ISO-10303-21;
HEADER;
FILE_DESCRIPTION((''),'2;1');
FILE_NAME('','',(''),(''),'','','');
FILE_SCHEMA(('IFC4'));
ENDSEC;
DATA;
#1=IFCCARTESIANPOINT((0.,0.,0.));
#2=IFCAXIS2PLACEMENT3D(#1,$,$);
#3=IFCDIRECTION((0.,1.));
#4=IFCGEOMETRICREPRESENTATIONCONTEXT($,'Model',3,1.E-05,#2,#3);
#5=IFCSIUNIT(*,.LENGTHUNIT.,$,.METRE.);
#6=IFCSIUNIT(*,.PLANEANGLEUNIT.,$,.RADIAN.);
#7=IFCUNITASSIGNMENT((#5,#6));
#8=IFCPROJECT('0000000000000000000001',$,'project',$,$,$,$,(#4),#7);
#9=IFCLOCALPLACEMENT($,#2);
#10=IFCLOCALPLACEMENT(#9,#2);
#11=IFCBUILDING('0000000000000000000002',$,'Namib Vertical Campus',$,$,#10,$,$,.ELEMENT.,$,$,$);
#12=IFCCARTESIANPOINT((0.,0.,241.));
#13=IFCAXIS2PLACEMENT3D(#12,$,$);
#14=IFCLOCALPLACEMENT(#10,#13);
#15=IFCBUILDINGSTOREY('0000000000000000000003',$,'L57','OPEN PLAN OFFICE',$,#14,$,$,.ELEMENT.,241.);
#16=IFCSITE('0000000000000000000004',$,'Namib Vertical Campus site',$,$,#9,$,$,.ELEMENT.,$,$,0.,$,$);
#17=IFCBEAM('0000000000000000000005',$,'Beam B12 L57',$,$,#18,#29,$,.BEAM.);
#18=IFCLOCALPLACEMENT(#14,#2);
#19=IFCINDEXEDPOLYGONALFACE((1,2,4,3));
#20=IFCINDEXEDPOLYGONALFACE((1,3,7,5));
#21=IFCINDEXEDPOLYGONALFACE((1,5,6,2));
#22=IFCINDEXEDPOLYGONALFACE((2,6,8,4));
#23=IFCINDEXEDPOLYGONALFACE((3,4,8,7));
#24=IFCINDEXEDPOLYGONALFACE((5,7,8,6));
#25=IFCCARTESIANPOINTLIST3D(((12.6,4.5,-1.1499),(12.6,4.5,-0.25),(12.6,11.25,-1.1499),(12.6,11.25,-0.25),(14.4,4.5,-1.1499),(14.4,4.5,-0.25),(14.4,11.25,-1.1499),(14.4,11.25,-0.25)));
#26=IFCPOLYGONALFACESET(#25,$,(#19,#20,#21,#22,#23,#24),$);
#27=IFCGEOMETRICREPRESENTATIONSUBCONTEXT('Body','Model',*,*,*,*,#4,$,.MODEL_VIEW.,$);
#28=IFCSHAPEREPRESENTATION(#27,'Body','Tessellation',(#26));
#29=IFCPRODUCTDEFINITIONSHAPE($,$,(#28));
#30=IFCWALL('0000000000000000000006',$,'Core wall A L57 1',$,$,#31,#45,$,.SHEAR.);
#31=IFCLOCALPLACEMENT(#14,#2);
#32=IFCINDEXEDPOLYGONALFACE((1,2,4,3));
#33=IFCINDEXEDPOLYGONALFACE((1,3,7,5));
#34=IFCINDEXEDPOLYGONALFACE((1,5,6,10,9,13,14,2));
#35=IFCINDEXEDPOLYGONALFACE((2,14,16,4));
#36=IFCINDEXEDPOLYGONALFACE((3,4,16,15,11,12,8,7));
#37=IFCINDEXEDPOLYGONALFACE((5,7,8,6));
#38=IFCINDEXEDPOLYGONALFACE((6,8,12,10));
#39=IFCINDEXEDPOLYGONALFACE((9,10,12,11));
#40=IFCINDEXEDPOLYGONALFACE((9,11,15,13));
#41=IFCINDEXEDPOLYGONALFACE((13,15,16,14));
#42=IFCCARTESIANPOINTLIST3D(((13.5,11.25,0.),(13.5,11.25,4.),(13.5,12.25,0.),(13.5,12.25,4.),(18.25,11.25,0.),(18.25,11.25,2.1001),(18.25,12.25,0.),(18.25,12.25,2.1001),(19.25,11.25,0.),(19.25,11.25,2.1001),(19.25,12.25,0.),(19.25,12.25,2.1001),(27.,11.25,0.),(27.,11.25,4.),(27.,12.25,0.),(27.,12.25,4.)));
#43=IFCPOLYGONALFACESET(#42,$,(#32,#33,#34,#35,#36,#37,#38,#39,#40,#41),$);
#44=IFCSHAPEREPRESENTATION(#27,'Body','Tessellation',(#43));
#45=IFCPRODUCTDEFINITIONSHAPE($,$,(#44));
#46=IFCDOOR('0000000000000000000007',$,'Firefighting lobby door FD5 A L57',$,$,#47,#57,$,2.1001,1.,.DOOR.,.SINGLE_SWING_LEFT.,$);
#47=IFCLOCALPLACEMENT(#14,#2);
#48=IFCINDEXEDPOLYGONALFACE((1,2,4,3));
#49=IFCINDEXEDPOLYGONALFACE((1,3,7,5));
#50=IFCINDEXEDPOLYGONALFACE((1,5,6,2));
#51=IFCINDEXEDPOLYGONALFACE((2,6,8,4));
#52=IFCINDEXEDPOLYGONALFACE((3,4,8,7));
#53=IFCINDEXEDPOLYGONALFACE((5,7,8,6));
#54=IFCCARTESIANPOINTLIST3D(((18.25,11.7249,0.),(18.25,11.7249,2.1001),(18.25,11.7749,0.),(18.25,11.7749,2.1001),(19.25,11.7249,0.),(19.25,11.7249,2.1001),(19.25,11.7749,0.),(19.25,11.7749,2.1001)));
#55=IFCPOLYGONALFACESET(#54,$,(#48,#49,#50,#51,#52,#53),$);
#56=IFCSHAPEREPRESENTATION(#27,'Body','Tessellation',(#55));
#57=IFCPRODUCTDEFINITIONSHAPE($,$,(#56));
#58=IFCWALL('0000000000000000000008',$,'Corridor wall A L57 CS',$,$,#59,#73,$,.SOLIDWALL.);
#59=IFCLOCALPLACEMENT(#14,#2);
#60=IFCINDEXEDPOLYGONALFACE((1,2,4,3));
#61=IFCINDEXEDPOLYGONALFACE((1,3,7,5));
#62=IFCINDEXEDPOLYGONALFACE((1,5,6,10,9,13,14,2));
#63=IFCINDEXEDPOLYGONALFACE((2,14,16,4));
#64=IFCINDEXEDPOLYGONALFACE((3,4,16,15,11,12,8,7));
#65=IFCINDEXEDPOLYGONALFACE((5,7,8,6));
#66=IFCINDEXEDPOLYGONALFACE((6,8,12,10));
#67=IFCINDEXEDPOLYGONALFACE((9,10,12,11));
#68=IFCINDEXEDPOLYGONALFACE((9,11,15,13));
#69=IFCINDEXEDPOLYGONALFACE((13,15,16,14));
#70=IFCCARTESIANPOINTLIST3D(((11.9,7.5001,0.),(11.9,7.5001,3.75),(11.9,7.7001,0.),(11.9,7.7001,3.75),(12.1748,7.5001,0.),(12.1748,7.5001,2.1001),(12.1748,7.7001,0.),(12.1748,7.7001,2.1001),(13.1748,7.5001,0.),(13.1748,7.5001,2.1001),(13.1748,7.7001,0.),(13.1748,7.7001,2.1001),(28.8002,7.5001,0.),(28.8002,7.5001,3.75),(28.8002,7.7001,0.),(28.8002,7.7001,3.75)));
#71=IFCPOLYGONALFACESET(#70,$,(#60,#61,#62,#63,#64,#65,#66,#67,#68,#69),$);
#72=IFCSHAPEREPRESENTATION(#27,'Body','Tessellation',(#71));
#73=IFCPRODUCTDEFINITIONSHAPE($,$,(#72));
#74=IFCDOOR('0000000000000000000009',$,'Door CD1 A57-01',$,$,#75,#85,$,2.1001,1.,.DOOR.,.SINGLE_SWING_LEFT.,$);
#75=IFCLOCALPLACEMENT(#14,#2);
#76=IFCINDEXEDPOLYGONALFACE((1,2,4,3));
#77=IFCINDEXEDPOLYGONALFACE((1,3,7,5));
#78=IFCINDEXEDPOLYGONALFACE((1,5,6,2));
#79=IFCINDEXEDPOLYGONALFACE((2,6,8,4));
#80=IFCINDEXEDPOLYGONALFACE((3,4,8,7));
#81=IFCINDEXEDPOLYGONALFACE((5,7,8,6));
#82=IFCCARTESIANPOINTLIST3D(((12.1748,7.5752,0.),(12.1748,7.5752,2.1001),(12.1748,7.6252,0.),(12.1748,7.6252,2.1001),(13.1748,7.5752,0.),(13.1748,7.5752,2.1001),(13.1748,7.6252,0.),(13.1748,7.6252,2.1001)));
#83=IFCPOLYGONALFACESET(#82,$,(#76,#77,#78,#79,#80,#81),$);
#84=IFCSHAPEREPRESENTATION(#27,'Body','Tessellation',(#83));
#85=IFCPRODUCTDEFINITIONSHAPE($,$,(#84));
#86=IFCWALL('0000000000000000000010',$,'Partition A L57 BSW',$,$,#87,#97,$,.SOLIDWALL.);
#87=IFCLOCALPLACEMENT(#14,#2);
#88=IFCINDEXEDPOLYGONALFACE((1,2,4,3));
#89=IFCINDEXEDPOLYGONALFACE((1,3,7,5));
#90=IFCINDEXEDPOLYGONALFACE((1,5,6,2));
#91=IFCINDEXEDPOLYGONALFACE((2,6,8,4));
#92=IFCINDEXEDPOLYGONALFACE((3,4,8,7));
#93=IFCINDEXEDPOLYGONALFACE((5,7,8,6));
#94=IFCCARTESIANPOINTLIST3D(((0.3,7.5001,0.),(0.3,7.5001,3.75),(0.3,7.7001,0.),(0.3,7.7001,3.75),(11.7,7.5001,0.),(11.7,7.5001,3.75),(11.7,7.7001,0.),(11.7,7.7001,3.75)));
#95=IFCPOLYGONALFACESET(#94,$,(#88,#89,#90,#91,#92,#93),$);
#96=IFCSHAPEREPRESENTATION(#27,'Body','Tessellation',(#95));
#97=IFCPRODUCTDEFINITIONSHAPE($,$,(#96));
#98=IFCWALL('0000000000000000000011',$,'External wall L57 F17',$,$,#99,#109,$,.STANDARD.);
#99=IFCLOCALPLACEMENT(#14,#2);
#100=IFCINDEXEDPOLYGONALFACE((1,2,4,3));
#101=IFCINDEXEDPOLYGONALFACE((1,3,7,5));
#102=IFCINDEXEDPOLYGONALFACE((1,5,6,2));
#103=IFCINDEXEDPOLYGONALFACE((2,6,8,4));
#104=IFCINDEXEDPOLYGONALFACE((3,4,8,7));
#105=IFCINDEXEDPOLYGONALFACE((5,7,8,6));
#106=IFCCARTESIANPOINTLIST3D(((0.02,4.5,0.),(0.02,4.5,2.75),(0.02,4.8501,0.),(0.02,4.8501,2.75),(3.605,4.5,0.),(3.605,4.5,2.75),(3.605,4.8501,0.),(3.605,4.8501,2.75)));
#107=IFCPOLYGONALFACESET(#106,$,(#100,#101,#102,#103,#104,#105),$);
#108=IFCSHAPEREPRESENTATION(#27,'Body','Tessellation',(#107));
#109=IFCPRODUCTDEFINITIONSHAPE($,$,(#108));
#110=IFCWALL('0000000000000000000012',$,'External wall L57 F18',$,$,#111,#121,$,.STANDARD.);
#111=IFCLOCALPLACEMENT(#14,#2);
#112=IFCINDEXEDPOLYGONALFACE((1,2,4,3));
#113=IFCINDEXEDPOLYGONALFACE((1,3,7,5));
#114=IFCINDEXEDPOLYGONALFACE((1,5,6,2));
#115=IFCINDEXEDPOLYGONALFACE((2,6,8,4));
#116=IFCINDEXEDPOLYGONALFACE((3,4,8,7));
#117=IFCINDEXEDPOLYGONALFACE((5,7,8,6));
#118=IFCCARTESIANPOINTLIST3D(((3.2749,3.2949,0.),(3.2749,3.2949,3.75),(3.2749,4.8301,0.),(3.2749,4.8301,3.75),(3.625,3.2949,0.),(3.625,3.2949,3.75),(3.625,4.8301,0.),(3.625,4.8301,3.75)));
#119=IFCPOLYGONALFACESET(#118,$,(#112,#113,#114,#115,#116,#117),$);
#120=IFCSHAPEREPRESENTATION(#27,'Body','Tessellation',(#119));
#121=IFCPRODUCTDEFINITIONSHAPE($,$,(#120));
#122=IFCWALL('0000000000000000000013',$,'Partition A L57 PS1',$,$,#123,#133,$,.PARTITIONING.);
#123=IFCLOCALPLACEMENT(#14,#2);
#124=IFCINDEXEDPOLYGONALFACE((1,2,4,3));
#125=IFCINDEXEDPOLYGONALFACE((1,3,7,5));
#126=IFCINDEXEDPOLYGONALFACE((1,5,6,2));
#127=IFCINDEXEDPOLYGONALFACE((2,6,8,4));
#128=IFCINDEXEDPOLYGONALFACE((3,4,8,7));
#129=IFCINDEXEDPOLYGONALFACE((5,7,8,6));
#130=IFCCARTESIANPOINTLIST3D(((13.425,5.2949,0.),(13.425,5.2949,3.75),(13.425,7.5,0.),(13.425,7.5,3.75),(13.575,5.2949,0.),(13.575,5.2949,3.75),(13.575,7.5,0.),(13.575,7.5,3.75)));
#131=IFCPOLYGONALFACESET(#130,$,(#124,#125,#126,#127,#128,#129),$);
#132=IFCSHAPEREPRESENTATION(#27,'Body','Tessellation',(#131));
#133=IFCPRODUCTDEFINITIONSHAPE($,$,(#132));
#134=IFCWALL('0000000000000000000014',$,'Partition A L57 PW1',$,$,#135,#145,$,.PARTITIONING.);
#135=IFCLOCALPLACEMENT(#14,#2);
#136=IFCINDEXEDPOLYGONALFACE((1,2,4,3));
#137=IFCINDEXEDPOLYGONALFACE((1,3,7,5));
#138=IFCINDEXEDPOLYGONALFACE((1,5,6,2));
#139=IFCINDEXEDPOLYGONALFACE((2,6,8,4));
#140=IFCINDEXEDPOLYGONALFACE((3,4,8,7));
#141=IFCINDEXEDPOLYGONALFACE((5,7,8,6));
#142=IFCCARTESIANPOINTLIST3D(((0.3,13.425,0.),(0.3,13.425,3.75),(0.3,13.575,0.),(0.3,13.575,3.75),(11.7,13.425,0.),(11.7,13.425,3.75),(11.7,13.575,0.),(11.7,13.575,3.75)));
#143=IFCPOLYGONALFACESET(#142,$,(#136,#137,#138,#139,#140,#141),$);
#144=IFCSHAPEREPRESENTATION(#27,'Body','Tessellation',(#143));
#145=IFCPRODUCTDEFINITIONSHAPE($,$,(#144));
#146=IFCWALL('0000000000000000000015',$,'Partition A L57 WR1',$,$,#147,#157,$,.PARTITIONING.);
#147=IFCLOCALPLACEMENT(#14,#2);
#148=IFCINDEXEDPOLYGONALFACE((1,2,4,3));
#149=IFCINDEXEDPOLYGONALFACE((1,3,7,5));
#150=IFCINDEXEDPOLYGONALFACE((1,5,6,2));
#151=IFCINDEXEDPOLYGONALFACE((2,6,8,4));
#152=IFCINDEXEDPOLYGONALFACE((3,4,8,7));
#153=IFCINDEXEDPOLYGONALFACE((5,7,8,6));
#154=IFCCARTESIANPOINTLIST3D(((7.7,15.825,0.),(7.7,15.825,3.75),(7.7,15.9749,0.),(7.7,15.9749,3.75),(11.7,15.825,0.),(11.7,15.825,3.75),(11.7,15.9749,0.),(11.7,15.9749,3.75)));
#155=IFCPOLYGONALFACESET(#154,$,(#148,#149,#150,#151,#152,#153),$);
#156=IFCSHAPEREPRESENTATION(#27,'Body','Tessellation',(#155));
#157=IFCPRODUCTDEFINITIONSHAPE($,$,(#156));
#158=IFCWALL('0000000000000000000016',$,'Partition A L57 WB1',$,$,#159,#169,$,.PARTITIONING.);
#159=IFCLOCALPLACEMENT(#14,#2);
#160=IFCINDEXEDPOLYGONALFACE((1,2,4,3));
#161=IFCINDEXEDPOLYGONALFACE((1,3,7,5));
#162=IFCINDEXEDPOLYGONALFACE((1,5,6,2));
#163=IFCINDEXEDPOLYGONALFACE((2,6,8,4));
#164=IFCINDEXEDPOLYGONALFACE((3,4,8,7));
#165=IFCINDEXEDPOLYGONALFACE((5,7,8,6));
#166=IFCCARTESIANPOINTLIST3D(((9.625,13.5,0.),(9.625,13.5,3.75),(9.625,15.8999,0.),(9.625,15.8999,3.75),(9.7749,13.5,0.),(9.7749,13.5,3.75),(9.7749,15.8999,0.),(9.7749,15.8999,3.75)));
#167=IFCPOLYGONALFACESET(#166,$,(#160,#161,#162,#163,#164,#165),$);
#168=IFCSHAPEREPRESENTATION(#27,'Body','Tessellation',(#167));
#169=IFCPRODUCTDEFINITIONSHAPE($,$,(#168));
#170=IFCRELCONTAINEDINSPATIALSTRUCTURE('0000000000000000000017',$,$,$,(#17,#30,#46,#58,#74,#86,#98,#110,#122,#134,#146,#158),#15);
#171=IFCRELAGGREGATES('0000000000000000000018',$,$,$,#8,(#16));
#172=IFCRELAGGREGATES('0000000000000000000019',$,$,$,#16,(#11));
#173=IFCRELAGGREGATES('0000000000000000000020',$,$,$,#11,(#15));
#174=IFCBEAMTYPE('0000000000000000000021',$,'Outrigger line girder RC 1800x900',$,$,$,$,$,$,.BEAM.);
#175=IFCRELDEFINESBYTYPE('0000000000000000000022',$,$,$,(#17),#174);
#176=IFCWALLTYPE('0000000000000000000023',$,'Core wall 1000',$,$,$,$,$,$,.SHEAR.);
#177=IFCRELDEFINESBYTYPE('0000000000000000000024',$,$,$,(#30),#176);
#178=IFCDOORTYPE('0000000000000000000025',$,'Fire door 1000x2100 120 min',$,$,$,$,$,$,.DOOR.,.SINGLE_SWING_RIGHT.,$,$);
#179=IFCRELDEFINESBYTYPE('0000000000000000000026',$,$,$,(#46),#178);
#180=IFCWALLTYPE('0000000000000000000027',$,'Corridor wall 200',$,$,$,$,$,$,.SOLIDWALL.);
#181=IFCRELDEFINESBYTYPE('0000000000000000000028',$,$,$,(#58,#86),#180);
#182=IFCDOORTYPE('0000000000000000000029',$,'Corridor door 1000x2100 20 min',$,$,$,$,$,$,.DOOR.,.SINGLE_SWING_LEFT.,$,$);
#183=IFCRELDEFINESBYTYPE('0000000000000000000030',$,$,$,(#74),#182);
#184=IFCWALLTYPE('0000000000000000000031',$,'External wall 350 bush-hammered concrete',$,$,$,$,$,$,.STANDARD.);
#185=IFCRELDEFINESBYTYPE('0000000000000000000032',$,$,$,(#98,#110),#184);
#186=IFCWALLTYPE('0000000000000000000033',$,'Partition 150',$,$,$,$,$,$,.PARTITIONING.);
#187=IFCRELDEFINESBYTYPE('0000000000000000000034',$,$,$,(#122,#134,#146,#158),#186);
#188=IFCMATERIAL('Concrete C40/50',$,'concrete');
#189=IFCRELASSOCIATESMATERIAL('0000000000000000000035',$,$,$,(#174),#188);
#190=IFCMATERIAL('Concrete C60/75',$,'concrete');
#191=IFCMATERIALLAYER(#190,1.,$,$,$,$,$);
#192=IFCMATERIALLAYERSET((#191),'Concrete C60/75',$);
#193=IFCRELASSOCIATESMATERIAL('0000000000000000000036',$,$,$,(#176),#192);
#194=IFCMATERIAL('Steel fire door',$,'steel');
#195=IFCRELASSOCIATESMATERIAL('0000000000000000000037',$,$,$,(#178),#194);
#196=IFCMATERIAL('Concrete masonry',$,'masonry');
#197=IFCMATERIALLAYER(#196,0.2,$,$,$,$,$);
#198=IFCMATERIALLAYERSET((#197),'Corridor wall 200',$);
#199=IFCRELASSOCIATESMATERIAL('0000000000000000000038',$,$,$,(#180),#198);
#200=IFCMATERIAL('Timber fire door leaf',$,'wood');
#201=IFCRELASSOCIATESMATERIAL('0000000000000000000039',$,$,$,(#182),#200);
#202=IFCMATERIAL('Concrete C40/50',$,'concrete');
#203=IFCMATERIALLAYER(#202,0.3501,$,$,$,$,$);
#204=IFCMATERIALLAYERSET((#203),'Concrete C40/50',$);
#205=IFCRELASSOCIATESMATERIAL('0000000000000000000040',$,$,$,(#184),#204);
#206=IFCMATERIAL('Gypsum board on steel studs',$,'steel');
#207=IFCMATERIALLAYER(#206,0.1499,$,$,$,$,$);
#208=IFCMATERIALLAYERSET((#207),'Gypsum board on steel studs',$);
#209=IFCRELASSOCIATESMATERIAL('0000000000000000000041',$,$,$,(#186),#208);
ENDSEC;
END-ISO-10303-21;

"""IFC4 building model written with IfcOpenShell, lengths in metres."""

from ifc_helpers import new_model, si_unit, direction, frame, frame_2d, origin, origin_2d, place, context, subcontext, project, spatial, rectangle, extrude, material, layer, layer_set, material_profile, profile_set, type_object, element, fill, save


model = new_model("IFC4")

# Units and contexts
model_context = context("Model", 3, precision=1e-05, world=origin(), true_north=direction((0.0, 1.0)))
body_context = subcontext(model_context, "Body", "Model", "MODEL_VIEW")
ifc_project = project(units=[si_unit("LENGTHUNIT", "METRE"), si_unit("PLANEANGLEUNIT", "RADIAN")], contexts=[model_context])

# Site, building, storey
site_placement = place(None, origin())
site = spatial("IfcSite", under=ifc_project, at=site_placement, Name="Namib Vertical Campus site", CompositionType="ELEMENT", RefElevation=0.0)
building_placement = place(site_placement, origin())
building = spatial("IfcBuilding", under=site, at=building_placement, Name="Namib Vertical Campus", CompositionType="ELEMENT")
storey_placement = place(building_placement, frame((0.0, 0.0, 241.0)))
storey = spatial("IfcBuildingStorey", under=building, at=storey_placement, Name="L57", Description="OPEN PLAN OFFICE", CompositionType="ELEMENT", Elevation=241.0)

# Beam
ifc_material_1 = material(Name="Concrete C40/50", Category="concrete")
ifc_material_profile_1 = material_profile(ifc_material_1, rectangle(XDim=1.8, YDim=0.8999, at=origin_2d()))
ifc_profile_set_1 = profile_set([ifc_material_profile_1], Name="Concrete C40/50")
beam_type_1 = type_object("IfcBeamType", Name="Outrigger line girder RC 1800x900", PredefinedType="BEAM", material=ifc_profile_set_1)
beam_1_placement = place(storey_placement, frame((13.5, 4.5, -0.7), z_axis=(0.0, 1.0, 0.0), x_axis=(-1.0, 0.0, 0.0)))
element("IfcBeam", 1, at=beam_1_placement, inside=storey, type_object=beam_type_1, Name="Beam B12 L57", PredefinedType="BEAM", context=body_context, shape_type="SweptSolid", body=[
    extrude(rectangle(XDim=1.8, YDim=0.8999, at=origin_2d()), origin(), (0.0, 0.0, 1.0), 6.75),
])

# Walls, openings, doors
ifc_material_2 = material(Name="Concrete C60/75", Category="concrete")
ifc_layer_1 = layer(ifc_material_2, 1.0)
ifc_layer_set_1 = layer_set([ifc_layer_1], Name="Concrete C60/75")
wall_type_1 = type_object("IfcWallType", Name="Core wall 1000", PredefinedType="SHEAR", material=ifc_layer_set_1)
wall_1_placement = place(storey_placement, frame((13.5, 11.75, 0.0), z_axis=(0.0, 0.0, 1.0), x_axis=(1.0, 0.0, 0.0)))
wall_1 = element("IfcWall", 2, at=wall_1_placement, inside=storey, type_object=wall_type_1, Name="Core wall A L57 1", PredefinedType="SHEAR", context=body_context, shape_type="SweptSolid", body=[
    extrude(rectangle(XDim=13.5, YDim=1.0, at=frame_2d((6.75, 0.0))), origin(), (0.0, 0.0, 1.0), 4.0),
])
opening_1_placement = place(wall_1_placement, frame((4.75, 0.0, 0.0)))
opening_1 = element("IfcOpeningElement", 3, at=opening_1_placement, cuts=wall_1, PredefinedType="OPENING", context=body_context, shape_type="SweptSolid", body=[
    extrude(rectangle(XDim=1.0, YDim=2.1001, at=frame_2d((0.5, 1.05))), frame((0.0, 0.51, 0.0), z_axis=(0.0, -1.0, 0.0), x_axis=(1.0, 0.0, 0.0)), (0.0, 0.0, 1.0), 1.02),
])
ifc_material_3 = material(Name="Steel fire door", Category="steel")
door_type_1 = type_object("IfcDoorType", Name="Fire door 1000x2100 120 min", OperationType="SINGLE_SWING_RIGHT", PredefinedType="DOOR", material=ifc_material_3)
door_1_placement = place(opening_1_placement, origin())
door_1 = element("IfcDoor", 4, at=door_1_placement, inside=storey, type_object=door_type_1, Name="Firefighting lobby door FD5 A L57", OperationType="SINGLE_SWING_LEFT", OverallHeight=2.1001, OverallWidth=1.0, PredefinedType="DOOR", context=body_context, shape_type="SweptSolid", body=[
    extrude(rectangle(XDim=1.0, YDim=2.1001, at=frame_2d((0.5, 1.05))), frame((0.0, 0.0249, 0.0), z_axis=(0.0, -1.0, 0.0), x_axis=(1.0, 0.0, 0.0)), (0.0, 0.0, 1.0), 0.05),
])
fill(opening_1, door_1)
ifc_material_4 = material(Name="Concrete masonry", Category="masonry")
ifc_layer_2 = layer(ifc_material_4, 0.2)
ifc_layer_set_2 = layer_set([ifc_layer_2], Name="Corridor wall 200")
wall_type_2 = type_object("IfcWallType", Name="Corridor wall 200", PredefinedType="SOLIDWALL", material=ifc_layer_set_2)
wall_2_placement = place(storey_placement, frame((11.8999, 7.6001, 0.0), z_axis=(0.0, 0.0, 1.0), x_axis=(1.0, 0.0, 0.0)))
wall_2 = element("IfcWall", 5, at=wall_2_placement, inside=storey, type_object=wall_type_2, Name="Corridor wall A L57 CS", PredefinedType="SOLIDWALL", context=body_context, shape_type="SweptSolid", body=[
    extrude(rectangle(XDim=16.9001, YDim=0.2, at=frame_2d((8.4502, 0.0))), origin(), (0.0, 0.0, 1.0), 3.75),
])
opening_2_placement = place(wall_2_placement, frame((0.2749, 0.0, 0.0)))
opening_2 = element("IfcOpeningElement", 6, at=opening_2_placement, cuts=wall_2, PredefinedType="OPENING", context=body_context, shape_type="SweptSolid", body=[
    extrude(rectangle(XDim=1.0, YDim=2.1001, at=frame_2d((0.5, 1.05))), frame((0.0, 0.1099, 0.0), z_axis=(0.0, -1.0, 0.0), x_axis=(1.0, 0.0, 0.0)), (0.0, 0.0, 1.0), 0.22),
])
ifc_material_5 = material(Name="Timber fire door leaf", Category="wood")
door_type_2 = type_object("IfcDoorType", Name="Corridor door 1000x2100 20 min", OperationType="SINGLE_SWING_LEFT", PredefinedType="DOOR", material=ifc_material_5)
door_2_placement = place(opening_2_placement, frame((1.0, 0.0, 0.0), z_axis=(0.0, 0.0, 1.0), x_axis=(-1.0, 0.0, 0.0)))
door_2 = element("IfcDoor", 7, at=door_2_placement, inside=storey, type_object=door_type_2, Name="Door CD1 A57-01", OperationType="SINGLE_SWING_LEFT", OverallHeight=2.1001, OverallWidth=1.0, PredefinedType="DOOR", context=body_context, shape_type="SweptSolid", body=[
    extrude(rectangle(XDim=1.0, YDim=2.1001, at=frame_2d((0.5, 1.05))), frame((0.0, 0.0249, 0.0), z_axis=(0.0, -1.0, 0.0), x_axis=(1.0, 0.0, 0.0)), (0.0, 0.0, 1.0), 0.05),
])
fill(opening_2, door_2)

# Walls
wall_3_placement = place(storey_placement, frame((0.3, 7.6001, 0.0), z_axis=(0.0, 0.0, 1.0), x_axis=(1.0, 0.0, 0.0)))
element("IfcWall", 8, at=wall_3_placement, inside=storey, type_object=wall_type_2, Name="Partition A L57 BSW", PredefinedType="SOLIDWALL", context=body_context, shape_type="SweptSolid", body=[
    extrude(rectangle(XDim=11.3999, YDim=0.2, at=frame_2d((5.7, 0.0))), origin(), (0.0, 0.0, 1.0), 3.75),
])
ifc_material_6 = material(Name="Concrete C40/50", Category="concrete")
ifc_layer_3 = layer(ifc_material_6, 0.3501)
ifc_layer_set_3 = layer_set([ifc_layer_3], Name="Concrete C40/50")
wall_type_3 = type_object("IfcWallType", Name="External wall 350 bush-hammered concrete", PredefinedType="STANDARD", material=ifc_layer_set_3)
wall_4_placement = place(storey_placement, frame((0.02, 4.675, 0.0), z_axis=(0.0, 0.0, 1.0), x_axis=(1.0, 0.0, 0.0)))
element("IfcWall", 9, at=wall_4_placement, inside=storey, type_object=wall_type_3, Name="External wall L57 F17", PredefinedType="STANDARD", context=body_context, shape_type="SweptSolid", body=[
    extrude(rectangle(XDim=3.585, YDim=0.3501, at=frame_2d((1.7925, 0.0))), origin(), (0.0, 0.0, 1.0), 2.75),
])
wall_5_placement = place(storey_placement, frame((3.45, 4.8301, 0.0), z_axis=(0.0, 0.0, 1.0), x_axis=(0.0, -1.0, 0.0)))
element("IfcWall", 10, at=wall_5_placement, inside=storey, type_object=wall_type_3, Name="External wall L57 F18", PredefinedType="STANDARD", context=body_context, shape_type="SweptSolid", body=[
    extrude(rectangle(XDim=1.5352, YDim=0.3501, at=frame_2d((0.7676, 0.0))), origin(), (0.0, 0.0, 1.0), 3.75),
])
ifc_material_7 = material(Name="Gypsum board on steel studs", Category="steel")
ifc_layer_4 = layer(ifc_material_7, 0.1499)
ifc_layer_set_4 = layer_set([ifc_layer_4], Name="Gypsum board on steel studs")
wall_type_4 = type_object("IfcWallType", Name="Partition 150", PredefinedType="PARTITIONING", material=ifc_layer_set_4)
wall_6_placement = place(storey_placement, frame((13.5, 5.2949, 0.0), z_axis=(0.0, 0.0, 1.0), x_axis=(0.0, 1.0, 0.0)))
element("IfcWall", 11, at=wall_6_placement, inside=storey, type_object=wall_type_4, Name="Partition A L57 PS1", PredefinedType="PARTITIONING", context=body_context, shape_type="SweptSolid", body=[
    extrude(rectangle(XDim=2.2051, YDim=0.1499, at=frame_2d((1.1025, 0.0))), origin(), (0.0, 0.0, 1.0), 3.75),
])
wall_7_placement = place(storey_placement, frame((0.3, 13.5, 0.0), z_axis=(0.0, 0.0, 1.0), x_axis=(1.0, 0.0, 0.0)))
element("IfcWall", 12, at=wall_7_placement, inside=storey, type_object=wall_type_4, Name="Partition A L57 PW1", PredefinedType="PARTITIONING", context=body_context, shape_type="SweptSolid", body=[
    extrude(rectangle(XDim=11.3999, YDim=0.1499, at=frame_2d((5.7, 0.0))), origin(), (0.0, 0.0, 1.0), 3.75),
])
wall_8_placement = place(storey_placement, frame((11.7, 15.8999, 0.0), z_axis=(0.0, 0.0, 1.0), x_axis=(-1.0, 0.0, 0.0)))
element("IfcWall", 13, at=wall_8_placement, inside=storey, type_object=wall_type_4, Name="Partition A L57 WR1", PredefinedType="PARTITIONING", context=body_context, shape_type="SweptSolid", body=[
    extrude(rectangle(XDim=4.0, YDim=0.1499, at=frame_2d((2.0, 0.0))), origin(), (0.0, 0.0, 1.0), 3.75),
])
wall_9_placement = place(storey_placement, frame((9.7, 13.5, 0.0), z_axis=(0.0, 0.0, 1.0), x_axis=(0.0, 1.0, 0.0)))
element("IfcWall", 14, at=wall_9_placement, inside=storey, type_object=wall_type_4, Name="Partition A L57 WB1", PredefinedType="PARTITIONING", context=body_context, shape_type="SweptSolid", body=[
    extrude(rectangle(XDim=2.3999, YDim=0.1499, at=frame_2d((1.2, 0.0))), origin(), (0.0, 0.0, 1.0), 3.75),
])

save(model, "model.ifc")
